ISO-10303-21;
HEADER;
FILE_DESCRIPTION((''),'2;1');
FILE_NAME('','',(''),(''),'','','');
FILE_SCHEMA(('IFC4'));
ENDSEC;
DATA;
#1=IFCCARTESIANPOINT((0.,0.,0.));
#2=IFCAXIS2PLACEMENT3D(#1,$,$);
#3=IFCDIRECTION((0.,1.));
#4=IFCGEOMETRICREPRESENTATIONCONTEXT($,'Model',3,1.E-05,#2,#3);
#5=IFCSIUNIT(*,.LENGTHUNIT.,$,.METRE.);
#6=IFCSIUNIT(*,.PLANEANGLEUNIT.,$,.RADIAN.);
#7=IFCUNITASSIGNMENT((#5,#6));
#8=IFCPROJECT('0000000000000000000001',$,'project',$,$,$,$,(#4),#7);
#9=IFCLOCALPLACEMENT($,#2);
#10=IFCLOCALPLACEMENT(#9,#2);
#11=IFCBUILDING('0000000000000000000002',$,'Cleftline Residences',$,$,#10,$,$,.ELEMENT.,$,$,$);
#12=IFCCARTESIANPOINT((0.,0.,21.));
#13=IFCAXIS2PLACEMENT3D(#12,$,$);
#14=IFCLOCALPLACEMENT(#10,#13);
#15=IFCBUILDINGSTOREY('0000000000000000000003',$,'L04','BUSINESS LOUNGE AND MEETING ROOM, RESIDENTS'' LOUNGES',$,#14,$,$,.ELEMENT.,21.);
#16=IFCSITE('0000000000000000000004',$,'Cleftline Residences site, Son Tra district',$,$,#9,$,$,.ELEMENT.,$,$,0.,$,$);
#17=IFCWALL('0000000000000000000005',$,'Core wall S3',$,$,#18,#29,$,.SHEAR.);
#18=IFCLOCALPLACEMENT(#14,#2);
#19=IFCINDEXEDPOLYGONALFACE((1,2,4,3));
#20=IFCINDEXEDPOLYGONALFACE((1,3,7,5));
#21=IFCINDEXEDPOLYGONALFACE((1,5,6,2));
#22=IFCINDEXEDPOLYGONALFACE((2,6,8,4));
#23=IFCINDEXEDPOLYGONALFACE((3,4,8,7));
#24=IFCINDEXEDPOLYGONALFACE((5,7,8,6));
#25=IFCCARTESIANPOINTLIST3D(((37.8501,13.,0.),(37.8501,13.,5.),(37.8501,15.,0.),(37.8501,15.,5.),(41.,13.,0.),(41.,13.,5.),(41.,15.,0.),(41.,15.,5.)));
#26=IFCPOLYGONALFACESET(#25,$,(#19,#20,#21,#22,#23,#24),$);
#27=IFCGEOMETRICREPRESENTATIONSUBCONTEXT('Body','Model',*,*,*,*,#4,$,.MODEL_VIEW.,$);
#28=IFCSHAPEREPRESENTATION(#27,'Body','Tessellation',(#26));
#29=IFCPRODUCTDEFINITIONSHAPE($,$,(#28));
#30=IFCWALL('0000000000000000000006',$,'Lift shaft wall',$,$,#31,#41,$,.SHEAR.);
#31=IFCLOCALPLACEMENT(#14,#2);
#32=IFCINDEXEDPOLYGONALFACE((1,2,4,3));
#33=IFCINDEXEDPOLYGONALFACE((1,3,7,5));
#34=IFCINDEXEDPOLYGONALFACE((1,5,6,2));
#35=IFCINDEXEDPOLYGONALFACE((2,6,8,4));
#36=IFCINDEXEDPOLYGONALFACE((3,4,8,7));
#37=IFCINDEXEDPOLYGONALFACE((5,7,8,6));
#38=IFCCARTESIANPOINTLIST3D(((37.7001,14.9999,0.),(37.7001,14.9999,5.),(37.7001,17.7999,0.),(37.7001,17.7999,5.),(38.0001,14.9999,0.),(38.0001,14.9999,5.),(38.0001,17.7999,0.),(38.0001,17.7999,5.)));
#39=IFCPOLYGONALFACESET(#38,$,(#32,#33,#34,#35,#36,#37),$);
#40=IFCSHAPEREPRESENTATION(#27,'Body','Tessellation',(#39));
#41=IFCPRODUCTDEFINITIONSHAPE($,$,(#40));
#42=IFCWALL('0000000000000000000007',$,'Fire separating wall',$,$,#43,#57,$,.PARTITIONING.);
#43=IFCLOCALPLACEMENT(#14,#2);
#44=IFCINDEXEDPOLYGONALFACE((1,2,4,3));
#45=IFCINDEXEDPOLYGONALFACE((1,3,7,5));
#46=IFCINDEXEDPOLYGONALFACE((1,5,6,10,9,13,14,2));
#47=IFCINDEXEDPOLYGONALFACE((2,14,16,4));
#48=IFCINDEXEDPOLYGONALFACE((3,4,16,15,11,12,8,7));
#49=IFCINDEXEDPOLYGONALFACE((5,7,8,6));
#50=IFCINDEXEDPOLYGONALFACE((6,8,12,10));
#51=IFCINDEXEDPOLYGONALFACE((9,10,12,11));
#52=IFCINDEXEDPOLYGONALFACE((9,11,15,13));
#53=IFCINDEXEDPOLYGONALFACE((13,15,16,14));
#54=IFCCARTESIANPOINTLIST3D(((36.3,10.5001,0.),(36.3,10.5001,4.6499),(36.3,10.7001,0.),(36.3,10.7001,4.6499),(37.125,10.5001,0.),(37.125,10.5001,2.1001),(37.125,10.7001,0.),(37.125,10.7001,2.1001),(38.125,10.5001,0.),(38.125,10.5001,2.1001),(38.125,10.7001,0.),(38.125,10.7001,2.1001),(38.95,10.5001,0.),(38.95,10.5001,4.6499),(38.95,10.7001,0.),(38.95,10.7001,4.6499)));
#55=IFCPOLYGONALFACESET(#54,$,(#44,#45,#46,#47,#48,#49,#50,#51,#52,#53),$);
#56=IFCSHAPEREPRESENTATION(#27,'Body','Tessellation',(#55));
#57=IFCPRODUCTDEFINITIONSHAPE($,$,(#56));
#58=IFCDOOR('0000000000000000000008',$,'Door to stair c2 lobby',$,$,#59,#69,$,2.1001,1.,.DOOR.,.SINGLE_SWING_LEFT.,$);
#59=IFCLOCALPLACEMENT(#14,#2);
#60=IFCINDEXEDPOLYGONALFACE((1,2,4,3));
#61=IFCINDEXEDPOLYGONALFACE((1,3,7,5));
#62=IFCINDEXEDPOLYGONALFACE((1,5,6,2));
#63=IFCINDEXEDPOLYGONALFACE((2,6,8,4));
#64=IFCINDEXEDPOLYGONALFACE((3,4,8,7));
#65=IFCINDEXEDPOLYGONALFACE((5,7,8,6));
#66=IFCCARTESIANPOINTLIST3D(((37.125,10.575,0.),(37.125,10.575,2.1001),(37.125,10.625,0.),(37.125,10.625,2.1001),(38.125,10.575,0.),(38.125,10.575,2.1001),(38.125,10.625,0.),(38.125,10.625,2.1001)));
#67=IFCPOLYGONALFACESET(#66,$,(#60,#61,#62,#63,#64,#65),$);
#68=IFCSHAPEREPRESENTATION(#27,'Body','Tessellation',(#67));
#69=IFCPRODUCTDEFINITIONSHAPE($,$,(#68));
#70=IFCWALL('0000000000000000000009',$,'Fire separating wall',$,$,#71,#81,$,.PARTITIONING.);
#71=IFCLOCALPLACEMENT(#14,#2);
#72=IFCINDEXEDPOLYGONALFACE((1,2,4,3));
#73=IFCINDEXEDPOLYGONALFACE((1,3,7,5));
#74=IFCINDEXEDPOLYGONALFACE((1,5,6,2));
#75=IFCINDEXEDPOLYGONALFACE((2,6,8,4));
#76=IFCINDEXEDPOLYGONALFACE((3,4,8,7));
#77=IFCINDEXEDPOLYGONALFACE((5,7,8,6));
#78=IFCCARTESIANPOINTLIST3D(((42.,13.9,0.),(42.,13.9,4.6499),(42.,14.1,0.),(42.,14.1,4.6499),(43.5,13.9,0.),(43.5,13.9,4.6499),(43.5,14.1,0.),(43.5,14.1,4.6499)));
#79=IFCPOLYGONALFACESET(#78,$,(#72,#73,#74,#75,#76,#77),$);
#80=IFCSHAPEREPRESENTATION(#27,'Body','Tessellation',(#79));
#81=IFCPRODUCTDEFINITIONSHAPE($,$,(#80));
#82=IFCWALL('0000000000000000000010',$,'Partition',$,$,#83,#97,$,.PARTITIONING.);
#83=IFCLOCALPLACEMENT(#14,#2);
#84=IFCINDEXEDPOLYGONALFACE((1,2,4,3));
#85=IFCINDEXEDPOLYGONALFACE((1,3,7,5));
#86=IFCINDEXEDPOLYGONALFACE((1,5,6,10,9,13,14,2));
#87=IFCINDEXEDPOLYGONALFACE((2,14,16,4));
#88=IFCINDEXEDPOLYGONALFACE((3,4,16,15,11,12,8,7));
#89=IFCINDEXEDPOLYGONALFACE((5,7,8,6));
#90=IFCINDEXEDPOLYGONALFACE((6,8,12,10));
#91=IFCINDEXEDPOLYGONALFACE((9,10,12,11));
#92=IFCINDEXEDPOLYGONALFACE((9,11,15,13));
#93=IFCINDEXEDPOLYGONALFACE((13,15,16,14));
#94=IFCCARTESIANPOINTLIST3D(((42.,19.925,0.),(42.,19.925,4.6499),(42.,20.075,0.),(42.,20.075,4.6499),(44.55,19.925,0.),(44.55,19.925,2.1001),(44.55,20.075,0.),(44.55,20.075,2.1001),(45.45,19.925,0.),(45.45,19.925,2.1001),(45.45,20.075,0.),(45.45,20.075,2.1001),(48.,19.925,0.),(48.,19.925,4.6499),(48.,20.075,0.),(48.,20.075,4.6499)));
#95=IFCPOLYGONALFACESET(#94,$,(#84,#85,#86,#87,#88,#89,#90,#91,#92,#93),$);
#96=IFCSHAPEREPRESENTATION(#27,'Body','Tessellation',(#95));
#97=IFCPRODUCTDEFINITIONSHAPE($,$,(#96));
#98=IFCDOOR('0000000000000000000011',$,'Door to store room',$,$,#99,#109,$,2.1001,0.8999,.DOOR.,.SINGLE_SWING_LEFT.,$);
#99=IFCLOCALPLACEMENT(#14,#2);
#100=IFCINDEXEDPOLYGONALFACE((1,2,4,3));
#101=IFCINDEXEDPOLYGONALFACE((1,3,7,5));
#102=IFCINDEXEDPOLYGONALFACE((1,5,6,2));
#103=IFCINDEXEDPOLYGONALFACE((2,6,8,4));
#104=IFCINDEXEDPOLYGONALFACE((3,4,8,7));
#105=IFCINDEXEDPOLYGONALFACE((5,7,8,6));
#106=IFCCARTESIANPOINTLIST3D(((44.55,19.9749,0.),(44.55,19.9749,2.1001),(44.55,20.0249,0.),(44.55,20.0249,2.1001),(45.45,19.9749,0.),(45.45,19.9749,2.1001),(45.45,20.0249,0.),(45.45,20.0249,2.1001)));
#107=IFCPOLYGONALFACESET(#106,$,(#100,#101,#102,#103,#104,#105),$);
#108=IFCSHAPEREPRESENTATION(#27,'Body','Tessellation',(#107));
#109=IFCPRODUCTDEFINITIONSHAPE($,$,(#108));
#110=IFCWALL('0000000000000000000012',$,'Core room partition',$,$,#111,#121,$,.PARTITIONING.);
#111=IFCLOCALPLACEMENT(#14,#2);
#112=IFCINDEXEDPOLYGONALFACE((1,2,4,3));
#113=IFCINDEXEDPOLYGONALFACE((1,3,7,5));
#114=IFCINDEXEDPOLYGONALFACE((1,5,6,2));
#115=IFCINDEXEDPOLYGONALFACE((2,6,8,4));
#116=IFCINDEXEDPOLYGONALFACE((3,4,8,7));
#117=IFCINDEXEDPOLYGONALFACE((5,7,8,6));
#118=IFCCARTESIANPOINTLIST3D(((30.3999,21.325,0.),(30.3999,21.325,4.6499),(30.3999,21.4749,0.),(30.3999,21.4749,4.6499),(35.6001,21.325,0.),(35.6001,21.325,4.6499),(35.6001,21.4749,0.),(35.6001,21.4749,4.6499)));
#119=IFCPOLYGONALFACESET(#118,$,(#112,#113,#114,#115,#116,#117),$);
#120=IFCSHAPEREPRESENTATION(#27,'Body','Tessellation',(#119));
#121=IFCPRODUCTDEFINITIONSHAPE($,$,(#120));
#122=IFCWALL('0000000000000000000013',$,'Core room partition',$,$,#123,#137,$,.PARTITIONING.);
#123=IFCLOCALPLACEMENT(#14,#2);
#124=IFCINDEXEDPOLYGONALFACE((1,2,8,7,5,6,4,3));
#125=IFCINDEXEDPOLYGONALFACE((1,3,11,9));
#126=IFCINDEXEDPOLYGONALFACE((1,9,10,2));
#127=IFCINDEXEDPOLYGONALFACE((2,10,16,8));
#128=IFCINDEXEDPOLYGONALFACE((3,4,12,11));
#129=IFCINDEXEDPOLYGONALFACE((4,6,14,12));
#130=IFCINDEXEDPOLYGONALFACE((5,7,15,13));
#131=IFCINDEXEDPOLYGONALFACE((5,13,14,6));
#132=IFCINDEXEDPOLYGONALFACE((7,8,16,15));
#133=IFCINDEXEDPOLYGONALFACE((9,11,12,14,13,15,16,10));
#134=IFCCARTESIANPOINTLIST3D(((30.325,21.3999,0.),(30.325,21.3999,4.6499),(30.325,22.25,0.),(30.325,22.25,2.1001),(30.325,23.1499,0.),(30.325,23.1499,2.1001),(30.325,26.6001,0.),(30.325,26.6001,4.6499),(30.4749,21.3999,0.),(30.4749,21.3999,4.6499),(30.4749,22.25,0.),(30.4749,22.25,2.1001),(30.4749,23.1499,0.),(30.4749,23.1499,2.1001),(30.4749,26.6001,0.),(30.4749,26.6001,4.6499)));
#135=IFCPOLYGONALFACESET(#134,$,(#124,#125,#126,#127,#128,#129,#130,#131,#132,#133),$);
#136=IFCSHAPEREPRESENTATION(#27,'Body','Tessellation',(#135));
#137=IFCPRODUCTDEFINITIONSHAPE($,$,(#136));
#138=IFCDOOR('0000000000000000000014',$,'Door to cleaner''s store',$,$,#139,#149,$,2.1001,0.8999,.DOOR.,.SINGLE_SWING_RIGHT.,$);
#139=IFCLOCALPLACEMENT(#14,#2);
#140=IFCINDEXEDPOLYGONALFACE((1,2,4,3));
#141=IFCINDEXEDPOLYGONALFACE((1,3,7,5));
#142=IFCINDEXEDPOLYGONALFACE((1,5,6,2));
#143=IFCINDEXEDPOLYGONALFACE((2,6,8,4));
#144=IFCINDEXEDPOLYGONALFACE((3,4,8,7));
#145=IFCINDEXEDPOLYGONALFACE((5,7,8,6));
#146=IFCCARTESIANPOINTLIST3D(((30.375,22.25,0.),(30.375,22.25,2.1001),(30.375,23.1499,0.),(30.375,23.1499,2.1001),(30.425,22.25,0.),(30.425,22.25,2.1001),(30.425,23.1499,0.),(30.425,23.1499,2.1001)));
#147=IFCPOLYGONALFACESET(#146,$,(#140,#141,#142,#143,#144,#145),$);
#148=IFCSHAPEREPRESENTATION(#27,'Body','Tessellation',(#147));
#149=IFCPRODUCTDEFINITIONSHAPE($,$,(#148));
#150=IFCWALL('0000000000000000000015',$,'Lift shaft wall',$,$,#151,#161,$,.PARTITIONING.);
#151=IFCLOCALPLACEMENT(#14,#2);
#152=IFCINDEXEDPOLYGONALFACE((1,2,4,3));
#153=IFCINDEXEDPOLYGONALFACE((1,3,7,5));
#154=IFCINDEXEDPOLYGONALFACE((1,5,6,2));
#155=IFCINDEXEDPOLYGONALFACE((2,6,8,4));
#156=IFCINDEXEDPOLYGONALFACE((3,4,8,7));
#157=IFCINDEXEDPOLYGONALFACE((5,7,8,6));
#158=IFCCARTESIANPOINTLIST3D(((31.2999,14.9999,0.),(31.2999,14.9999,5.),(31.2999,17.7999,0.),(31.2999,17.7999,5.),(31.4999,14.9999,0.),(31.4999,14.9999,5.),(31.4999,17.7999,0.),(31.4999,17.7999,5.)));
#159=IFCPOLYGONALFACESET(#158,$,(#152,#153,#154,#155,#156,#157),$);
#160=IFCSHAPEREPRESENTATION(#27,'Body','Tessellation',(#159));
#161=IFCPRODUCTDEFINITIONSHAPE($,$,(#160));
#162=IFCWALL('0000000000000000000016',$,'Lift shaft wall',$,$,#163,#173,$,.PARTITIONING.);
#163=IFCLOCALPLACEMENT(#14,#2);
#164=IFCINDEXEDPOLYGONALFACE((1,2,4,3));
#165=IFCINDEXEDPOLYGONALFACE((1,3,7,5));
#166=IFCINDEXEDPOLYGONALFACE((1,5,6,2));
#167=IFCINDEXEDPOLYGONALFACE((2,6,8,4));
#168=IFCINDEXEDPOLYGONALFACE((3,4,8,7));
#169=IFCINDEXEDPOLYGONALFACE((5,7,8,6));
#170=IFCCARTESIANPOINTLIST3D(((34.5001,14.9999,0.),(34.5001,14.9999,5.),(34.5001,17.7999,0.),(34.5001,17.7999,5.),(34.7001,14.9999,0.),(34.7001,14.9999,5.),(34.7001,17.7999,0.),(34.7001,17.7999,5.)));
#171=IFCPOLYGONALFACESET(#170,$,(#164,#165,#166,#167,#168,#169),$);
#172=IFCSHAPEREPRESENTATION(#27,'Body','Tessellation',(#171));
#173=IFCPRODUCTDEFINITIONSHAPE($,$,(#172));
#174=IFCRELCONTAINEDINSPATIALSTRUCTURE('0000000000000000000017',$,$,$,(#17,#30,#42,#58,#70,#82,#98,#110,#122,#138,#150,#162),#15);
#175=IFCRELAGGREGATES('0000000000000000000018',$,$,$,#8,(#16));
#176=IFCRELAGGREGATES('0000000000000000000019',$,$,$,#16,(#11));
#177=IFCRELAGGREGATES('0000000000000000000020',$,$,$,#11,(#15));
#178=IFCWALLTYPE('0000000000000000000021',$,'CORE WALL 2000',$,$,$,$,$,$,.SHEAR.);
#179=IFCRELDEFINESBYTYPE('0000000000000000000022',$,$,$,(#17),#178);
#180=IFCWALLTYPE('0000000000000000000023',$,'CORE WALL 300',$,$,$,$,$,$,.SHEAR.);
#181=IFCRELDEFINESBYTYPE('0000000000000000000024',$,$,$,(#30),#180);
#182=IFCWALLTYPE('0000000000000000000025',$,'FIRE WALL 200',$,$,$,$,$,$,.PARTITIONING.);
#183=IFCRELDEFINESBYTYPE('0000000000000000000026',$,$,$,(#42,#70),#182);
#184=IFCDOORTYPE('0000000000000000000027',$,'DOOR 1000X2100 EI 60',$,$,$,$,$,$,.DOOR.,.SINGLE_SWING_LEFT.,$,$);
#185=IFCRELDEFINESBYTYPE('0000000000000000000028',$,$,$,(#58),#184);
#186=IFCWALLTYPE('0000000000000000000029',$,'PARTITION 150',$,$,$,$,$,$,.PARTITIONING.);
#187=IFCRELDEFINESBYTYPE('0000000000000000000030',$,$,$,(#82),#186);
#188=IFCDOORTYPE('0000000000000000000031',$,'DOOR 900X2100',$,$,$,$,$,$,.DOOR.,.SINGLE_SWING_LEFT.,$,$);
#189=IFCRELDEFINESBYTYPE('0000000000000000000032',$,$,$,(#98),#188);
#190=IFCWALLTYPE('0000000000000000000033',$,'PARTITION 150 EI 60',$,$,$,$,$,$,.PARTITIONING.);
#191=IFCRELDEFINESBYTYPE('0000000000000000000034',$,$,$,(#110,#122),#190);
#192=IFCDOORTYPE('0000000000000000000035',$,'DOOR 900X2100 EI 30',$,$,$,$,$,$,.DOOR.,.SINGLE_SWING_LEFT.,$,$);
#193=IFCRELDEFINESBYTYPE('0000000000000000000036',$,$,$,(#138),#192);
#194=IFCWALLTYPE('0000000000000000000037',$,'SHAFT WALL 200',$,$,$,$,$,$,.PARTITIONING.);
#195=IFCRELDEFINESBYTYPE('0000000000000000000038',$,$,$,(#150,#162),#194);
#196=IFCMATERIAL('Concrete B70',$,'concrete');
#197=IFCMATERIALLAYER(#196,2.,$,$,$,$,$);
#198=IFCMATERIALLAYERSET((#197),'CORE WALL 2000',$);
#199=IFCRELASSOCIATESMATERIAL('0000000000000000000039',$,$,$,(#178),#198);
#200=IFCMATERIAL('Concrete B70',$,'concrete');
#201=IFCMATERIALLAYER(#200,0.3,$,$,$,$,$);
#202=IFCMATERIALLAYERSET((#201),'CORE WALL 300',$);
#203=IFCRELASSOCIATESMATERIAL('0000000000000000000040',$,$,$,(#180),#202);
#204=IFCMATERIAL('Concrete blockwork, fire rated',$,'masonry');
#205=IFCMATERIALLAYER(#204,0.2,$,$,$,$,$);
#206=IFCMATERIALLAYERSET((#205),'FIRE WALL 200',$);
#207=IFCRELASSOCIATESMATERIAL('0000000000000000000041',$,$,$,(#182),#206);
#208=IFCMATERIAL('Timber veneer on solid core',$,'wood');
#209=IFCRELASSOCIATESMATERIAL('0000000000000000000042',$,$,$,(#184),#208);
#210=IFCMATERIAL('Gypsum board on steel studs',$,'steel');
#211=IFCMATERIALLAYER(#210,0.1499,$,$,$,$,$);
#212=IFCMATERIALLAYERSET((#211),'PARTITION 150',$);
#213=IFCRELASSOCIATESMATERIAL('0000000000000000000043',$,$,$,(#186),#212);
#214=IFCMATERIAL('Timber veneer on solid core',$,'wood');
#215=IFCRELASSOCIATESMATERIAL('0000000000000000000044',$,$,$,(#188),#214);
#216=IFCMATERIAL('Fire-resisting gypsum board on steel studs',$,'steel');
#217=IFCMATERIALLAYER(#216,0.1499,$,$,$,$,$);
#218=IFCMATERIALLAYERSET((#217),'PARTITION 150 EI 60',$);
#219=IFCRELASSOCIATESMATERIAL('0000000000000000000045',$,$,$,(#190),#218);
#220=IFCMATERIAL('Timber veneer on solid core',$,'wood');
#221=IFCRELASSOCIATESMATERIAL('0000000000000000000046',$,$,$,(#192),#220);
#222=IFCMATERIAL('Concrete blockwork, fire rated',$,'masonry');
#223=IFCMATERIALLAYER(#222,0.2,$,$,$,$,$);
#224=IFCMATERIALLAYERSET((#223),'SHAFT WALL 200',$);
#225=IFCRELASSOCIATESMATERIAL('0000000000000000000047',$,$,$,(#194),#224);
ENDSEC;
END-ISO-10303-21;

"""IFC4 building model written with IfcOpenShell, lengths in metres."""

from ifc_helpers import new_model, si_unit, direction, frame, frame_2d, origin, place, context, subcontext, project, spatial, rectangle, extrude, material, layer, layer_set, type_object, element, fill, save


model = new_model("IFC4")

# Units and contexts
model_context = context("Model", 3, precision=1e-05, world=origin(), true_north=direction((0.0, 1.0)))
body_context = subcontext(model_context, "Body", "Model", "MODEL_VIEW")
ifc_project = project(units=[si_unit("LENGTHUNIT", "METRE"), si_unit("PLANEANGLEUNIT", "RADIAN")], contexts=[model_context])

# Site, building, storey
site_placement = place(None, origin())
site = spatial("IfcSite", under=ifc_project, at=site_placement, Name="Cleftline Residences site, Son Tra district", CompositionType="ELEMENT", RefElevation=0.0)
building_placement = place(site_placement, origin())
building = spatial("IfcBuilding", under=site, at=building_placement, Name="Cleftline Residences", CompositionType="ELEMENT")
storey_placement = place(building_placement, frame((0.0, 0.0, 21.0)))
storey = spatial("IfcBuildingStorey", under=building, at=storey_placement, Name="L04", Description="BUSINESS LOUNGE AND MEETING ROOM, RESIDENTS' LOUNGES", CompositionType="ELEMENT", Elevation=21.0)

# Walls
ifc_material_1 = material(Name="Concrete B70", Category="concrete")
ifc_layer_1 = layer(ifc_material_1, 2.0)
ifc_layer_set_1 = layer_set([ifc_layer_1], Name="CORE WALL 2000")
wall_type_1 = type_object("IfcWallType", Name="CORE WALL 2000", PredefinedType="SHEAR", material=ifc_layer_set_1)
wall_1_placement = place(storey_placement, frame((37.8501, 14.0, 0.0), z_axis=(0.0, 0.0, 1.0), x_axis=(1.0, 0.0, 0.0)))
element("IfcWall", 1, at=wall_1_placement, inside=storey, type_object=wall_type_1, Name="Core wall S3", PredefinedType="SHEAR", context=body_context, shape_type="SweptSolid", body=[
    extrude(rectangle(XDim=3.1499, YDim=2.0, at=frame_2d((1.575, 0.0))), origin(), (0.0, 0.0, 1.0), 5.0),
])
ifc_material_2 = material(Name="Concrete B70", Category="concrete")
ifc_layer_2 = layer(ifc_material_2, 0.3)
ifc_layer_set_2 = layer_set([ifc_layer_2], Name="CORE WALL 300")
wall_type_2 = type_object("IfcWallType", Name="CORE WALL 300", PredefinedType="SHEAR", material=ifc_layer_set_2)
wall_2_placement = place(storey_placement, frame((37.8501, 15.0, 0.0), z_axis=(0.0, 0.0, 1.0), x_axis=(0.0, 1.0, 0.0)))
element("IfcWall", 2, at=wall_2_placement, inside=storey, type_object=wall_type_2, Name="Lift shaft wall", PredefinedType="SHEAR", context=body_context, shape_type="SweptSolid", body=[
    extrude(rectangle(XDim=2.8, YDim=0.3, at=frame_2d((1.3999, 0.0))), origin(), (0.0, 0.0, 1.0), 5.0),
])

# Wall, opening, door
ifc_material_3 = material(Name="Concrete blockwork, fire rated", Category="masonry")
ifc_layer_3 = layer(ifc_material_3, 0.2)
ifc_layer_set_3 = layer_set([ifc_layer_3], Name="FIRE WALL 200")
wall_type_3 = type_object("IfcWallType", Name="FIRE WALL 200", PredefinedType="PARTITIONING", material=ifc_layer_set_3)
wall_3_placement = place(storey_placement, frame((36.3, 10.6001, 0.0), z_axis=(0.0, 0.0, 1.0), x_axis=(1.0, 0.0, 0.0)))
wall_3 = element("IfcWall", 3, at=wall_3_placement, inside=storey, type_object=wall_type_3, Name="Fire separating wall", PredefinedType="PARTITIONING", context=body_context, shape_type="SweptSolid", body=[
    extrude(rectangle(XDim=2.6499, YDim=0.2, at=frame_2d((1.325, 0.0))), origin(), (0.0, 0.0, 1.0), 4.6499),
])
opening_1_placement = place(wall_3_placement, frame((0.825, 0.0, 0.0)))
opening_1 = element("IfcOpeningElement", 4, at=opening_1_placement, cuts=wall_3, PredefinedType="OPENING", context=body_context, shape_type="SweptSolid", body=[
    extrude(rectangle(XDim=1.0, YDim=2.1001, at=frame_2d((0.5, 1.05))), frame((0.0, 0.1099, 0.0), z_axis=(0.0, -1.0, 0.0), x_axis=(1.0, 0.0, 0.0)), (0.0, 0.0, 1.0), 0.22),
])
ifc_material_4 = material(Name="Timber veneer on solid core", Category="wood")
door_type_1 = type_object("IfcDoorType", Name="DOOR 1000X2100 EI 60", OperationType="SINGLE_SWING_LEFT", PredefinedType="DOOR", material=ifc_material_4)
door_1_placement = place(opening_1_placement, origin())
door_1 = element("IfcDoor", 5, at=door_1_placement, inside=storey, type_object=door_type_1, Name="Door to stair c2 lobby", OperationType="SINGLE_SWING_LEFT", OverallHeight=2.1001, OverallWidth=1.0, PredefinedType="DOOR", context=body_context, shape_type="SweptSolid", body=[
    extrude(rectangle(XDim=1.0, YDim=2.1001, at=frame_2d((0.5, 1.05))), frame((0.0, 0.0249, 0.0), z_axis=(0.0, -1.0, 0.0), x_axis=(1.0, 0.0, 0.0)), (0.0, 0.0, 1.0), 0.05),
])
fill(opening_1, door_1)

# Wall
wall_4_placement = place(storey_placement, frame((42.0, 14.0, 0.0), z_axis=(0.0, 0.0, 1.0), x_axis=(1.0, 0.0, 0.0)))
element("IfcWall", 6, at=wall_4_placement, inside=storey, type_object=wall_type_3, Name="Fire separating wall", PredefinedType="PARTITIONING", context=body_context, shape_type="SweptSolid", body=[
    extrude(rectangle(XDim=1.5, YDim=0.2, at=frame_2d((0.75, 0.0))), origin(), (0.0, 0.0, 1.0), 4.6499),
])

# Wall, opening, door
ifc_material_5 = material(Name="Gypsum board on steel studs", Category="steel")
ifc_layer_4 = layer(ifc_material_5, 0.1499)
ifc_layer_set_4 = layer_set([ifc_layer_4], Name="PARTITION 150")
wall_type_4 = type_object("IfcWallType", Name="PARTITION 150", PredefinedType="PARTITIONING", material=ifc_layer_set_4)
wall_5_placement = place(storey_placement, frame((42.0, 20.0, 0.0), z_axis=(0.0, 0.0, 1.0), x_axis=(1.0, 0.0, 0.0)))
wall_5 = element("IfcWall", 7, at=wall_5_placement, inside=storey, type_object=wall_type_4, Name="Partition", PredefinedType="PARTITIONING", context=body_context, shape_type="SweptSolid", body=[
    extrude(rectangle(XDim=6.0, YDim=0.1499, at=frame_2d((3.0, 0.0))), origin(), (0.0, 0.0, 1.0), 4.6499),
])
opening_2_placement = place(wall_5_placement, frame((2.55, 0.0, 0.0)))
opening_2 = element("IfcOpeningElement", 8, at=opening_2_placement, cuts=wall_5, PredefinedType="OPENING", context=body_context, shape_type="SweptSolid", body=[
    extrude(rectangle(XDim=0.8999, YDim=2.1001, at=frame_2d((0.45, 1.05))), frame((0.0, 0.085, 0.0), z_axis=(0.0, -1.0, 0.0), x_axis=(1.0, 0.0, 0.0)), (0.0, 0.0, 1.0), 0.1699),
])
ifc_material_6 = material(Name="Timber veneer on solid core", Category="wood")
door_type_2 = type_object("IfcDoorType", Name="DOOR 900X2100", OperationType="SINGLE_SWING_LEFT", PredefinedType="DOOR", material=ifc_material_6)
door_2_placement = place(opening_2_placement, origin())
door_2 = element("IfcDoor", 9, at=door_2_placement, inside=storey, type_object=door_type_2, Name="Door to store room", OperationType="SINGLE_SWING_LEFT", OverallHeight=2.1001, OverallWidth=0.8999, PredefinedType="DOOR", context=body_context, shape_type="SweptSolid", body=[
    extrude(rectangle(XDim=0.8999, YDim=2.1001, at=frame_2d((0.45, 1.05))), frame((0.0, 0.0249, 0.0), z_axis=(0.0, -1.0, 0.0), x_axis=(1.0, 0.0, 0.0)), (0.0, 0.0, 1.0), 0.05),
])
fill(opening_2, door_2)

# Wall
ifc_material_7 = material(Name="Fire-resisting gypsum board on steel studs", Category="steel")
ifc_layer_5 = layer(ifc_material_7, 0.1499)
ifc_layer_set_5 = layer_set([ifc_layer_5], Name="PARTITION 150 EI 60")
wall_type_5 = type_object("IfcWallType", Name="PARTITION 150 EI 60", PredefinedType="PARTITIONING", material=ifc_layer_set_5)
wall_6_placement = place(storey_placement, frame((30.3999, 21.3999, 0.0), z_axis=(0.0, 0.0, 1.0), x_axis=(1.0, 0.0, 0.0)))
element("IfcWall", 10, at=wall_6_placement, inside=storey, type_object=wall_type_5, Name="Core room partition", PredefinedType="PARTITIONING", context=body_context, shape_type="SweptSolid", body=[
    extrude(rectangle(XDim=5.2002, YDim=0.1499, at=frame_2d((2.6001, 0.0))), origin(), (0.0, 0.0, 1.0), 4.6499),
])

# Wall, opening, door
wall_7_placement = place(storey_placement, frame((30.3999, 21.3999, 0.0), z_axis=(0.0, 0.0, 1.0), x_axis=(0.0, 1.0, 0.0)))
wall_7 = element("IfcWall", 11, at=wall_7_placement, inside=storey, type_object=wall_type_5, Name="Core room partition", PredefinedType="PARTITIONING", context=body_context, shape_type="SweptSolid", body=[
    extrude(rectangle(XDim=5.2002, YDim=0.1499, at=frame_2d((2.6001, 0.0))), origin(), (0.0, 0.0, 1.0), 4.6499),
])
opening_3_placement = place(wall_7_placement, frame((0.8501, 0.0, 0.0)))
opening_3 = element("IfcOpeningElement", 12, at=opening_3_placement, cuts=wall_7, PredefinedType="OPENING", context=body_context, shape_type="SweptSolid", body=[
    extrude(rectangle(XDim=0.8999, YDim=2.1001, at=frame_2d((0.45, 1.05))), frame((0.0, 0.085, 0.0), z_axis=(0.0, -1.0, 0.0), x_axis=(1.0, 0.0, 0.0)), (0.0, 0.0, 1.0), 0.1699),
])
ifc_material_8 = material(Name="Timber veneer on solid core", Category="wood")
door_type_3 = type_object("IfcDoorType", Name="DOOR 900X2100 EI 30", OperationType="SINGLE_SWING_LEFT", PredefinedType="DOOR", material=ifc_material_8)
door_3_placement = place(opening_3_placement, origin())
door_3 = element("IfcDoor", 13, at=door_3_placement, inside=storey, type_object=door_type_3, Name="Door to cleaner's store", OperationType="SINGLE_SWING_RIGHT", OverallHeight=2.1001, OverallWidth=0.8999, PredefinedType="DOOR", context=body_context, shape_type="SweptSolid", body=[
    extrude(rectangle(XDim=0.8999, YDim=2.1001, at=frame_2d((0.45, 1.05))), frame((0.0, 0.0249, 0.0), z_axis=(0.0, -1.0, 0.0), x_axis=(1.0, 0.0, 0.0)), (0.0, 0.0, 1.0), 0.05),
])
fill(opening_3, door_3)

# Walls
ifc_material_9 = material(Name="Concrete blockwork, fire rated", Category="masonry")
ifc_layer_6 = layer(ifc_material_9, 0.2)
ifc_layer_set_6 = layer_set([ifc_layer_6], Name="SHAFT WALL 200")
wall_type_6 = type_object("IfcWallType", Name="SHAFT WALL 200", PredefinedType="PARTITIONING", material=ifc_layer_set_6)
for number, where, z_axis, x_axis, name in (
    (14, (31.3999, 15.0, 0.0), (0.0, 0.0, 1.0), (0.0, 1.0, 0.0), "Lift shaft wall"),
    (15, (34.6001, 15.0, 0.0), (0.0, 0.0, 1.0), (0.0, 1.0, 0.0), "Lift shaft wall"),
):
    element("IfcWall", number, at=place(storey_placement, frame(where, z_axis=z_axis, x_axis=x_axis)), inside=storey, type_object=wall_type_6, Name=name, PredefinedType="PARTITIONING", context=body_context, shape_type="SweptSolid", body=[
        extrude(rectangle(XDim=2.8, YDim=0.2, at=frame_2d((1.3999, 0.0))), origin(), (0.0, 0.0, 1.0), 5.0),
    ])

save(model, "model.ifc")
